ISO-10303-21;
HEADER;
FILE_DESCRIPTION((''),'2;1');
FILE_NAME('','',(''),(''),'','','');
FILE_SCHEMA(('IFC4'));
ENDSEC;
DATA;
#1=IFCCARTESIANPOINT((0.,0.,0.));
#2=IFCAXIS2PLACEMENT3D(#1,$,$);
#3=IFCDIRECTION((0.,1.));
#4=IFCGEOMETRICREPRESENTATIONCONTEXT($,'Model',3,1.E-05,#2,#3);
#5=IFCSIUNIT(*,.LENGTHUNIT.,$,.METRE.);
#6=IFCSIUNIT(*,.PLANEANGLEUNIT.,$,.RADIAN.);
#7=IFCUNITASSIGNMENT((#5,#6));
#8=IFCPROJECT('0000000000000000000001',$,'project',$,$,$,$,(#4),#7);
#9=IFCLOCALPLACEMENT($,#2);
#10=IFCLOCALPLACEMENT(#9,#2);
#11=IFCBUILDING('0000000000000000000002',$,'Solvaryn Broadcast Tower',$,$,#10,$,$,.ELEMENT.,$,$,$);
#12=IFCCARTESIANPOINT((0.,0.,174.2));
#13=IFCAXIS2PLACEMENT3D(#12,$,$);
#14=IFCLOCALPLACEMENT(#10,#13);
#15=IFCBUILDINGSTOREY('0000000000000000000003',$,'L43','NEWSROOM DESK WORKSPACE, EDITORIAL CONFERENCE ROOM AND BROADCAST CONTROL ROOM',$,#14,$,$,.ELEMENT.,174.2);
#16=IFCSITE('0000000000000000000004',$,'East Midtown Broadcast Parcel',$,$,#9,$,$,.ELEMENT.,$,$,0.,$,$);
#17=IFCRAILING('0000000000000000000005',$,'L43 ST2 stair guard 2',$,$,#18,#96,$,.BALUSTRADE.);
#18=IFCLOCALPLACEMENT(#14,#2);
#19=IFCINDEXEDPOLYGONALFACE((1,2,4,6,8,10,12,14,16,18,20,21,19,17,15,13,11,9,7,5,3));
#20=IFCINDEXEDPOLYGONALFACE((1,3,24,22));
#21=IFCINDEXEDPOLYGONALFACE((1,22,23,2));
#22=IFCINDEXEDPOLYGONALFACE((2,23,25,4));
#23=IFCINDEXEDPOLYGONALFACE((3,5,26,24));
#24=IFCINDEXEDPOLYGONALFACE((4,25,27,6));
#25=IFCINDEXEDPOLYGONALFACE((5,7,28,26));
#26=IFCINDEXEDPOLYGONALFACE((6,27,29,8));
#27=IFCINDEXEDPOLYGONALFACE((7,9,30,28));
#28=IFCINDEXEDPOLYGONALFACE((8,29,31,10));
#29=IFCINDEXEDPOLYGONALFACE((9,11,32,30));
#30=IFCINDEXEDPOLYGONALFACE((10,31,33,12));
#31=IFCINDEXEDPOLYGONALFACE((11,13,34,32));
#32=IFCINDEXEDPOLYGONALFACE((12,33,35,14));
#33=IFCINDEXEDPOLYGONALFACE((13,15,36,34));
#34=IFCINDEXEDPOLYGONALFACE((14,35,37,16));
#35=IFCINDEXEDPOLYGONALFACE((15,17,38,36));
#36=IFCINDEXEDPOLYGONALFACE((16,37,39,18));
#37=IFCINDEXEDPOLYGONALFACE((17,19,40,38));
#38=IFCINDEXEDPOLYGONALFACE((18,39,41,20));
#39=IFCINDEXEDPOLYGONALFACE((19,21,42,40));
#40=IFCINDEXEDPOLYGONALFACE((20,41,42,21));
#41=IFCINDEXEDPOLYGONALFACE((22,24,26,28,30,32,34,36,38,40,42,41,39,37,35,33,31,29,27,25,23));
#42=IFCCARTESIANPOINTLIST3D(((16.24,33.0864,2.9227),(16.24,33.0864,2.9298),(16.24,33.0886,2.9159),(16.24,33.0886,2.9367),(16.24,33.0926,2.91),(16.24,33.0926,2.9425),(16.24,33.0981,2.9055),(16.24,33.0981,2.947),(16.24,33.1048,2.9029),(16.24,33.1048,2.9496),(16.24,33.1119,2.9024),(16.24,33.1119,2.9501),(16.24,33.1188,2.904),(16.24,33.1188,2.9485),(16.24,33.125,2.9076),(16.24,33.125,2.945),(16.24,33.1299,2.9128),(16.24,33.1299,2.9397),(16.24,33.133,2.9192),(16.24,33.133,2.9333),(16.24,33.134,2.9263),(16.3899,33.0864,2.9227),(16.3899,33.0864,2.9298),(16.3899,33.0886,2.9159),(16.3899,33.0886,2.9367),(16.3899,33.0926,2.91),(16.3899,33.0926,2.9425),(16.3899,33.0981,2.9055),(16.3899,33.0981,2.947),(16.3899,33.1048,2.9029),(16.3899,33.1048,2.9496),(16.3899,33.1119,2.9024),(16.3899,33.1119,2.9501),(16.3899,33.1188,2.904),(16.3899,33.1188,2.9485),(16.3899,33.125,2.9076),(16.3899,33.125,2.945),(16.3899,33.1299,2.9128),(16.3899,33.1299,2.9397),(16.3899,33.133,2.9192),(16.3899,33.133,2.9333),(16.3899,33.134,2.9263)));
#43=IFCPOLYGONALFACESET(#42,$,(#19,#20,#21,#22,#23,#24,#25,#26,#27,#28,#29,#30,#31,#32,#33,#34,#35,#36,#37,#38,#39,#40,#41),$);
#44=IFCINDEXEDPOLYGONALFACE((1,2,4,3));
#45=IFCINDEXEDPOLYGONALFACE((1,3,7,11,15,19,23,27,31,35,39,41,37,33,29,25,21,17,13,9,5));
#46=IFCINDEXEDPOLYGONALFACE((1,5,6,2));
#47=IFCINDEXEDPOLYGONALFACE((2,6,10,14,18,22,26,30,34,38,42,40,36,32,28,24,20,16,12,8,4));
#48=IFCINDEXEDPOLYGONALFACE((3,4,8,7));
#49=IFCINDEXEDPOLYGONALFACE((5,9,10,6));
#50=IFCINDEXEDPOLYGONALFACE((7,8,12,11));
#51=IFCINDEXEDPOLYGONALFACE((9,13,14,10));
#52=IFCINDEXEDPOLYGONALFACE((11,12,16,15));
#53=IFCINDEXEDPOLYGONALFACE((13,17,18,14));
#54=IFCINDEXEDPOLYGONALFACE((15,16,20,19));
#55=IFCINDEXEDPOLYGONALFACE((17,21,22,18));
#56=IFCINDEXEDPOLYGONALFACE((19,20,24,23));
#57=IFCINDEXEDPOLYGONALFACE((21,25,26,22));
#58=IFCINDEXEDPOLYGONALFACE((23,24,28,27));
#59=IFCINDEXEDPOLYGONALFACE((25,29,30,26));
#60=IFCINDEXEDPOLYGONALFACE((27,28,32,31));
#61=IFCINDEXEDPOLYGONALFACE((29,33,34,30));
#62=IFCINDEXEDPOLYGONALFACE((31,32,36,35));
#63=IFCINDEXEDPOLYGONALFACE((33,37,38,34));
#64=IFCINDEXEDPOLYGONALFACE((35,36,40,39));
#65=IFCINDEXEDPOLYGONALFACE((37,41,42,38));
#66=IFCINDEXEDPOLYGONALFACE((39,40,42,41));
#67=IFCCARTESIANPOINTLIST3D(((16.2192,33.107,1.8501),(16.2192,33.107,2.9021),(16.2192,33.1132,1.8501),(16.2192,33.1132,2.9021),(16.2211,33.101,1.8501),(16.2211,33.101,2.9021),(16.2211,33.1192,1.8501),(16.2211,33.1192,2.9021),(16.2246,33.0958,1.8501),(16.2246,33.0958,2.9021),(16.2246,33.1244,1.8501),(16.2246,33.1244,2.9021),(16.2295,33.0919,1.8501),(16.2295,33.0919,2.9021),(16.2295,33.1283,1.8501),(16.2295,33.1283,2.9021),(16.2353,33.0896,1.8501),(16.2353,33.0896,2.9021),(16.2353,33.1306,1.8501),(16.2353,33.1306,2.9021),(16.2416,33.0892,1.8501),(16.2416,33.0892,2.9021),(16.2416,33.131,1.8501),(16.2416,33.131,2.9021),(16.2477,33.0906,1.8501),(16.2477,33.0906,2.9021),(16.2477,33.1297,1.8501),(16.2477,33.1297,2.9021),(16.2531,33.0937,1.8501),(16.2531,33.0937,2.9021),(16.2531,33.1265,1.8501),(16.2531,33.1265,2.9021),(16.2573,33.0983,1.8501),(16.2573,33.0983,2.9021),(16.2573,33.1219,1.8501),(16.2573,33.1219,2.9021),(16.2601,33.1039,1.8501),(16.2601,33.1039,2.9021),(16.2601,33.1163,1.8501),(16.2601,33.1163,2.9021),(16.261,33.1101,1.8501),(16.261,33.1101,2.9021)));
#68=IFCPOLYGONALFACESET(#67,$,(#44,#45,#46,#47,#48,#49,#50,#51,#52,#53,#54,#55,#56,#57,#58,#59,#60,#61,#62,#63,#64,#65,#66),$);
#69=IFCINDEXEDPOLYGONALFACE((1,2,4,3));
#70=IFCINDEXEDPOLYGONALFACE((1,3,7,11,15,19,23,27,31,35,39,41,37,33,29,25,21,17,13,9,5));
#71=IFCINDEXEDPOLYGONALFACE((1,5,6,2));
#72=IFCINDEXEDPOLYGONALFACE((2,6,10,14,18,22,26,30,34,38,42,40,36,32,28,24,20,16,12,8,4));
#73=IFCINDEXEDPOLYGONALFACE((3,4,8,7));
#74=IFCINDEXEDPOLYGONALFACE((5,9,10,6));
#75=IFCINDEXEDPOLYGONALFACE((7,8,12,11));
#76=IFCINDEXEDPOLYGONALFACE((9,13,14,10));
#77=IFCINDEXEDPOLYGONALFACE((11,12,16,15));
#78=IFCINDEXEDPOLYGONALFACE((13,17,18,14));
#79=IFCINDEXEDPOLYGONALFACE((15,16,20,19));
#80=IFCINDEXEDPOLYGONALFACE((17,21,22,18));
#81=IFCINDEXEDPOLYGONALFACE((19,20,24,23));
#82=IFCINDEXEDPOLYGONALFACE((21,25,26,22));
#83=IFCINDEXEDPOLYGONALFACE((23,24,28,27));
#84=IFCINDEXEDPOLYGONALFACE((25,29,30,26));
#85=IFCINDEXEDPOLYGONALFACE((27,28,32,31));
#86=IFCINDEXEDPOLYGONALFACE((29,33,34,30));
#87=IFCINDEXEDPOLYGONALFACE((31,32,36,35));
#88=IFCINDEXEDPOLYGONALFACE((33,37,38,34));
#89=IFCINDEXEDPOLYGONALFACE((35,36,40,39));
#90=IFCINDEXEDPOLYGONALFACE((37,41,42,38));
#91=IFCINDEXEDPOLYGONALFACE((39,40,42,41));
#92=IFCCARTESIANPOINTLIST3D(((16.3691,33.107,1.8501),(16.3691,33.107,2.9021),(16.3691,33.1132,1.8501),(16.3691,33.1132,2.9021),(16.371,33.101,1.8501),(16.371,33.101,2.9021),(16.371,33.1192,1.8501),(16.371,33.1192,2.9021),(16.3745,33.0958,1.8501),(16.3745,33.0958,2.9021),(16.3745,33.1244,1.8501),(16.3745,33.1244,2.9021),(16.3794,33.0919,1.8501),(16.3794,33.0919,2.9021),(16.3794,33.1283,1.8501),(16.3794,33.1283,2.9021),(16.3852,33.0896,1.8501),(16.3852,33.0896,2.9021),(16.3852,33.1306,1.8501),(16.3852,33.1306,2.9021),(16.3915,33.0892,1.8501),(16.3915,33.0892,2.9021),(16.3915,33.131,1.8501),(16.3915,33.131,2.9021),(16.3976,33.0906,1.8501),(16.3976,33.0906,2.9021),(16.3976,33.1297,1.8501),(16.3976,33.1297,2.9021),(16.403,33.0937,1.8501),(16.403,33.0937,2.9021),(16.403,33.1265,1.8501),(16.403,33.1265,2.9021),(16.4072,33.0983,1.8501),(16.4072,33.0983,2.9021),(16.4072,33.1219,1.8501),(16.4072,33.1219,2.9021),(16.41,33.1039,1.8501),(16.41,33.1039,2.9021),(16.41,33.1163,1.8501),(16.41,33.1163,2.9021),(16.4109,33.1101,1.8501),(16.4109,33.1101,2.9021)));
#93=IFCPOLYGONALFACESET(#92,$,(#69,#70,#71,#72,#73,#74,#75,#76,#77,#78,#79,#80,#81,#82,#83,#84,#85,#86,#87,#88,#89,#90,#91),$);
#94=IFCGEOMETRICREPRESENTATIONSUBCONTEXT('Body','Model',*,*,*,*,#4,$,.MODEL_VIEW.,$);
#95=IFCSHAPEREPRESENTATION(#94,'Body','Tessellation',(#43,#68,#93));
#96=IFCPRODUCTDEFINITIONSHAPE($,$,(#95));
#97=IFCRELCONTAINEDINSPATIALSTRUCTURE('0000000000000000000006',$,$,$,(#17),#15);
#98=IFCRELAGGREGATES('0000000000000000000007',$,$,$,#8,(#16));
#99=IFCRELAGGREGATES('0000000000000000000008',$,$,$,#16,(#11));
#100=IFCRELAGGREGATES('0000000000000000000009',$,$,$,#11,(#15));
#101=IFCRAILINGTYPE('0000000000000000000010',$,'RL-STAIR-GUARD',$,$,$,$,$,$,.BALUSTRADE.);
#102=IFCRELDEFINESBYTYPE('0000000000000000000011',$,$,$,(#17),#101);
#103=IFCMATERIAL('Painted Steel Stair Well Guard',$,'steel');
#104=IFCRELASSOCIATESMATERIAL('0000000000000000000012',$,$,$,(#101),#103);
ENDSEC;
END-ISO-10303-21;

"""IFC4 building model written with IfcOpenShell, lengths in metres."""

from ifc_helpers import new_model, si_unit, direction, frame, origin, origin_2d, place, context, subcontext, project, spatial, circle, extrude, material, type_object, element, save


model = new_model("IFC4")

# Units and contexts
model_context = context("Model", 3, precision=1e-05, world=origin(), true_north=direction((0.0, 1.0)))
body_context = subcontext(model_context, "Body", "Model", "MODEL_VIEW")
ifc_project = project(units=[si_unit("LENGTHUNIT", "METRE"), si_unit("PLANEANGLEUNIT", "RADIAN")], contexts=[model_context])

# Site, building, storey
site_placement = place(None, origin())
site = spatial("IfcSite", under=ifc_project, at=site_placement, Name="East Midtown Broadcast Parcel", CompositionType="ELEMENT", RefElevation=0.0)
building_placement = place(site_placement, origin())
building = spatial("IfcBuilding", under=site, at=building_placement, Name="Solvaryn Broadcast Tower", CompositionType="ELEMENT")
storey_placement = place(building_placement, frame((0.0, 0.0, 174.2)))
storey = spatial("IfcBuildingStorey", under=building, at=storey_placement, Name="L43", Description="NEWSROOM DESK WORKSPACE, EDITORIAL CONFERENCE ROOM AND BROADCAST CONTROL ROOM", CompositionType="ELEMENT", Elevation=174.2)

# Railing
ifc_material_1 = material(Name="Painted Steel Stair Well Guard", Category="steel")
railing_type_1 = type_object("IfcRailingType", Name="RL-STAIR-GUARD", PredefinedType="BALUSTRADE", material=ifc_material_1)
railing_1_placement = place(storey_placement, frame((16.24, 33.1101, 1.8501)))
element("IfcRailing", 1, at=railing_1_placement, inside=storey, type_object=railing_type_1, Name="L43 ST2 stair guard 2", PredefinedType="BALUSTRADE", context=body_context, shape_type="SweptSolid", body=[
    extrude(circle(Radius=0.0239, at=origin_2d()), frame((0.0, 0.0, 1.0762), z_axis=(1.0, 0.0, 0.0), x_axis=(0.0, 1.0, 0.0)), (0.0, 0.0, 1.0), 0.1499),
    extrude(circle(Radius=0.021, at=origin_2d()), origin(), (0.0, 0.0, 1.0), 1.052),
    extrude(circle(Radius=0.021, at=origin_2d()), frame((0.1499, 0.0, 0.0)), (0.0, 0.0, 1.0), 1.052),
])

save(model, "model.ifc")
